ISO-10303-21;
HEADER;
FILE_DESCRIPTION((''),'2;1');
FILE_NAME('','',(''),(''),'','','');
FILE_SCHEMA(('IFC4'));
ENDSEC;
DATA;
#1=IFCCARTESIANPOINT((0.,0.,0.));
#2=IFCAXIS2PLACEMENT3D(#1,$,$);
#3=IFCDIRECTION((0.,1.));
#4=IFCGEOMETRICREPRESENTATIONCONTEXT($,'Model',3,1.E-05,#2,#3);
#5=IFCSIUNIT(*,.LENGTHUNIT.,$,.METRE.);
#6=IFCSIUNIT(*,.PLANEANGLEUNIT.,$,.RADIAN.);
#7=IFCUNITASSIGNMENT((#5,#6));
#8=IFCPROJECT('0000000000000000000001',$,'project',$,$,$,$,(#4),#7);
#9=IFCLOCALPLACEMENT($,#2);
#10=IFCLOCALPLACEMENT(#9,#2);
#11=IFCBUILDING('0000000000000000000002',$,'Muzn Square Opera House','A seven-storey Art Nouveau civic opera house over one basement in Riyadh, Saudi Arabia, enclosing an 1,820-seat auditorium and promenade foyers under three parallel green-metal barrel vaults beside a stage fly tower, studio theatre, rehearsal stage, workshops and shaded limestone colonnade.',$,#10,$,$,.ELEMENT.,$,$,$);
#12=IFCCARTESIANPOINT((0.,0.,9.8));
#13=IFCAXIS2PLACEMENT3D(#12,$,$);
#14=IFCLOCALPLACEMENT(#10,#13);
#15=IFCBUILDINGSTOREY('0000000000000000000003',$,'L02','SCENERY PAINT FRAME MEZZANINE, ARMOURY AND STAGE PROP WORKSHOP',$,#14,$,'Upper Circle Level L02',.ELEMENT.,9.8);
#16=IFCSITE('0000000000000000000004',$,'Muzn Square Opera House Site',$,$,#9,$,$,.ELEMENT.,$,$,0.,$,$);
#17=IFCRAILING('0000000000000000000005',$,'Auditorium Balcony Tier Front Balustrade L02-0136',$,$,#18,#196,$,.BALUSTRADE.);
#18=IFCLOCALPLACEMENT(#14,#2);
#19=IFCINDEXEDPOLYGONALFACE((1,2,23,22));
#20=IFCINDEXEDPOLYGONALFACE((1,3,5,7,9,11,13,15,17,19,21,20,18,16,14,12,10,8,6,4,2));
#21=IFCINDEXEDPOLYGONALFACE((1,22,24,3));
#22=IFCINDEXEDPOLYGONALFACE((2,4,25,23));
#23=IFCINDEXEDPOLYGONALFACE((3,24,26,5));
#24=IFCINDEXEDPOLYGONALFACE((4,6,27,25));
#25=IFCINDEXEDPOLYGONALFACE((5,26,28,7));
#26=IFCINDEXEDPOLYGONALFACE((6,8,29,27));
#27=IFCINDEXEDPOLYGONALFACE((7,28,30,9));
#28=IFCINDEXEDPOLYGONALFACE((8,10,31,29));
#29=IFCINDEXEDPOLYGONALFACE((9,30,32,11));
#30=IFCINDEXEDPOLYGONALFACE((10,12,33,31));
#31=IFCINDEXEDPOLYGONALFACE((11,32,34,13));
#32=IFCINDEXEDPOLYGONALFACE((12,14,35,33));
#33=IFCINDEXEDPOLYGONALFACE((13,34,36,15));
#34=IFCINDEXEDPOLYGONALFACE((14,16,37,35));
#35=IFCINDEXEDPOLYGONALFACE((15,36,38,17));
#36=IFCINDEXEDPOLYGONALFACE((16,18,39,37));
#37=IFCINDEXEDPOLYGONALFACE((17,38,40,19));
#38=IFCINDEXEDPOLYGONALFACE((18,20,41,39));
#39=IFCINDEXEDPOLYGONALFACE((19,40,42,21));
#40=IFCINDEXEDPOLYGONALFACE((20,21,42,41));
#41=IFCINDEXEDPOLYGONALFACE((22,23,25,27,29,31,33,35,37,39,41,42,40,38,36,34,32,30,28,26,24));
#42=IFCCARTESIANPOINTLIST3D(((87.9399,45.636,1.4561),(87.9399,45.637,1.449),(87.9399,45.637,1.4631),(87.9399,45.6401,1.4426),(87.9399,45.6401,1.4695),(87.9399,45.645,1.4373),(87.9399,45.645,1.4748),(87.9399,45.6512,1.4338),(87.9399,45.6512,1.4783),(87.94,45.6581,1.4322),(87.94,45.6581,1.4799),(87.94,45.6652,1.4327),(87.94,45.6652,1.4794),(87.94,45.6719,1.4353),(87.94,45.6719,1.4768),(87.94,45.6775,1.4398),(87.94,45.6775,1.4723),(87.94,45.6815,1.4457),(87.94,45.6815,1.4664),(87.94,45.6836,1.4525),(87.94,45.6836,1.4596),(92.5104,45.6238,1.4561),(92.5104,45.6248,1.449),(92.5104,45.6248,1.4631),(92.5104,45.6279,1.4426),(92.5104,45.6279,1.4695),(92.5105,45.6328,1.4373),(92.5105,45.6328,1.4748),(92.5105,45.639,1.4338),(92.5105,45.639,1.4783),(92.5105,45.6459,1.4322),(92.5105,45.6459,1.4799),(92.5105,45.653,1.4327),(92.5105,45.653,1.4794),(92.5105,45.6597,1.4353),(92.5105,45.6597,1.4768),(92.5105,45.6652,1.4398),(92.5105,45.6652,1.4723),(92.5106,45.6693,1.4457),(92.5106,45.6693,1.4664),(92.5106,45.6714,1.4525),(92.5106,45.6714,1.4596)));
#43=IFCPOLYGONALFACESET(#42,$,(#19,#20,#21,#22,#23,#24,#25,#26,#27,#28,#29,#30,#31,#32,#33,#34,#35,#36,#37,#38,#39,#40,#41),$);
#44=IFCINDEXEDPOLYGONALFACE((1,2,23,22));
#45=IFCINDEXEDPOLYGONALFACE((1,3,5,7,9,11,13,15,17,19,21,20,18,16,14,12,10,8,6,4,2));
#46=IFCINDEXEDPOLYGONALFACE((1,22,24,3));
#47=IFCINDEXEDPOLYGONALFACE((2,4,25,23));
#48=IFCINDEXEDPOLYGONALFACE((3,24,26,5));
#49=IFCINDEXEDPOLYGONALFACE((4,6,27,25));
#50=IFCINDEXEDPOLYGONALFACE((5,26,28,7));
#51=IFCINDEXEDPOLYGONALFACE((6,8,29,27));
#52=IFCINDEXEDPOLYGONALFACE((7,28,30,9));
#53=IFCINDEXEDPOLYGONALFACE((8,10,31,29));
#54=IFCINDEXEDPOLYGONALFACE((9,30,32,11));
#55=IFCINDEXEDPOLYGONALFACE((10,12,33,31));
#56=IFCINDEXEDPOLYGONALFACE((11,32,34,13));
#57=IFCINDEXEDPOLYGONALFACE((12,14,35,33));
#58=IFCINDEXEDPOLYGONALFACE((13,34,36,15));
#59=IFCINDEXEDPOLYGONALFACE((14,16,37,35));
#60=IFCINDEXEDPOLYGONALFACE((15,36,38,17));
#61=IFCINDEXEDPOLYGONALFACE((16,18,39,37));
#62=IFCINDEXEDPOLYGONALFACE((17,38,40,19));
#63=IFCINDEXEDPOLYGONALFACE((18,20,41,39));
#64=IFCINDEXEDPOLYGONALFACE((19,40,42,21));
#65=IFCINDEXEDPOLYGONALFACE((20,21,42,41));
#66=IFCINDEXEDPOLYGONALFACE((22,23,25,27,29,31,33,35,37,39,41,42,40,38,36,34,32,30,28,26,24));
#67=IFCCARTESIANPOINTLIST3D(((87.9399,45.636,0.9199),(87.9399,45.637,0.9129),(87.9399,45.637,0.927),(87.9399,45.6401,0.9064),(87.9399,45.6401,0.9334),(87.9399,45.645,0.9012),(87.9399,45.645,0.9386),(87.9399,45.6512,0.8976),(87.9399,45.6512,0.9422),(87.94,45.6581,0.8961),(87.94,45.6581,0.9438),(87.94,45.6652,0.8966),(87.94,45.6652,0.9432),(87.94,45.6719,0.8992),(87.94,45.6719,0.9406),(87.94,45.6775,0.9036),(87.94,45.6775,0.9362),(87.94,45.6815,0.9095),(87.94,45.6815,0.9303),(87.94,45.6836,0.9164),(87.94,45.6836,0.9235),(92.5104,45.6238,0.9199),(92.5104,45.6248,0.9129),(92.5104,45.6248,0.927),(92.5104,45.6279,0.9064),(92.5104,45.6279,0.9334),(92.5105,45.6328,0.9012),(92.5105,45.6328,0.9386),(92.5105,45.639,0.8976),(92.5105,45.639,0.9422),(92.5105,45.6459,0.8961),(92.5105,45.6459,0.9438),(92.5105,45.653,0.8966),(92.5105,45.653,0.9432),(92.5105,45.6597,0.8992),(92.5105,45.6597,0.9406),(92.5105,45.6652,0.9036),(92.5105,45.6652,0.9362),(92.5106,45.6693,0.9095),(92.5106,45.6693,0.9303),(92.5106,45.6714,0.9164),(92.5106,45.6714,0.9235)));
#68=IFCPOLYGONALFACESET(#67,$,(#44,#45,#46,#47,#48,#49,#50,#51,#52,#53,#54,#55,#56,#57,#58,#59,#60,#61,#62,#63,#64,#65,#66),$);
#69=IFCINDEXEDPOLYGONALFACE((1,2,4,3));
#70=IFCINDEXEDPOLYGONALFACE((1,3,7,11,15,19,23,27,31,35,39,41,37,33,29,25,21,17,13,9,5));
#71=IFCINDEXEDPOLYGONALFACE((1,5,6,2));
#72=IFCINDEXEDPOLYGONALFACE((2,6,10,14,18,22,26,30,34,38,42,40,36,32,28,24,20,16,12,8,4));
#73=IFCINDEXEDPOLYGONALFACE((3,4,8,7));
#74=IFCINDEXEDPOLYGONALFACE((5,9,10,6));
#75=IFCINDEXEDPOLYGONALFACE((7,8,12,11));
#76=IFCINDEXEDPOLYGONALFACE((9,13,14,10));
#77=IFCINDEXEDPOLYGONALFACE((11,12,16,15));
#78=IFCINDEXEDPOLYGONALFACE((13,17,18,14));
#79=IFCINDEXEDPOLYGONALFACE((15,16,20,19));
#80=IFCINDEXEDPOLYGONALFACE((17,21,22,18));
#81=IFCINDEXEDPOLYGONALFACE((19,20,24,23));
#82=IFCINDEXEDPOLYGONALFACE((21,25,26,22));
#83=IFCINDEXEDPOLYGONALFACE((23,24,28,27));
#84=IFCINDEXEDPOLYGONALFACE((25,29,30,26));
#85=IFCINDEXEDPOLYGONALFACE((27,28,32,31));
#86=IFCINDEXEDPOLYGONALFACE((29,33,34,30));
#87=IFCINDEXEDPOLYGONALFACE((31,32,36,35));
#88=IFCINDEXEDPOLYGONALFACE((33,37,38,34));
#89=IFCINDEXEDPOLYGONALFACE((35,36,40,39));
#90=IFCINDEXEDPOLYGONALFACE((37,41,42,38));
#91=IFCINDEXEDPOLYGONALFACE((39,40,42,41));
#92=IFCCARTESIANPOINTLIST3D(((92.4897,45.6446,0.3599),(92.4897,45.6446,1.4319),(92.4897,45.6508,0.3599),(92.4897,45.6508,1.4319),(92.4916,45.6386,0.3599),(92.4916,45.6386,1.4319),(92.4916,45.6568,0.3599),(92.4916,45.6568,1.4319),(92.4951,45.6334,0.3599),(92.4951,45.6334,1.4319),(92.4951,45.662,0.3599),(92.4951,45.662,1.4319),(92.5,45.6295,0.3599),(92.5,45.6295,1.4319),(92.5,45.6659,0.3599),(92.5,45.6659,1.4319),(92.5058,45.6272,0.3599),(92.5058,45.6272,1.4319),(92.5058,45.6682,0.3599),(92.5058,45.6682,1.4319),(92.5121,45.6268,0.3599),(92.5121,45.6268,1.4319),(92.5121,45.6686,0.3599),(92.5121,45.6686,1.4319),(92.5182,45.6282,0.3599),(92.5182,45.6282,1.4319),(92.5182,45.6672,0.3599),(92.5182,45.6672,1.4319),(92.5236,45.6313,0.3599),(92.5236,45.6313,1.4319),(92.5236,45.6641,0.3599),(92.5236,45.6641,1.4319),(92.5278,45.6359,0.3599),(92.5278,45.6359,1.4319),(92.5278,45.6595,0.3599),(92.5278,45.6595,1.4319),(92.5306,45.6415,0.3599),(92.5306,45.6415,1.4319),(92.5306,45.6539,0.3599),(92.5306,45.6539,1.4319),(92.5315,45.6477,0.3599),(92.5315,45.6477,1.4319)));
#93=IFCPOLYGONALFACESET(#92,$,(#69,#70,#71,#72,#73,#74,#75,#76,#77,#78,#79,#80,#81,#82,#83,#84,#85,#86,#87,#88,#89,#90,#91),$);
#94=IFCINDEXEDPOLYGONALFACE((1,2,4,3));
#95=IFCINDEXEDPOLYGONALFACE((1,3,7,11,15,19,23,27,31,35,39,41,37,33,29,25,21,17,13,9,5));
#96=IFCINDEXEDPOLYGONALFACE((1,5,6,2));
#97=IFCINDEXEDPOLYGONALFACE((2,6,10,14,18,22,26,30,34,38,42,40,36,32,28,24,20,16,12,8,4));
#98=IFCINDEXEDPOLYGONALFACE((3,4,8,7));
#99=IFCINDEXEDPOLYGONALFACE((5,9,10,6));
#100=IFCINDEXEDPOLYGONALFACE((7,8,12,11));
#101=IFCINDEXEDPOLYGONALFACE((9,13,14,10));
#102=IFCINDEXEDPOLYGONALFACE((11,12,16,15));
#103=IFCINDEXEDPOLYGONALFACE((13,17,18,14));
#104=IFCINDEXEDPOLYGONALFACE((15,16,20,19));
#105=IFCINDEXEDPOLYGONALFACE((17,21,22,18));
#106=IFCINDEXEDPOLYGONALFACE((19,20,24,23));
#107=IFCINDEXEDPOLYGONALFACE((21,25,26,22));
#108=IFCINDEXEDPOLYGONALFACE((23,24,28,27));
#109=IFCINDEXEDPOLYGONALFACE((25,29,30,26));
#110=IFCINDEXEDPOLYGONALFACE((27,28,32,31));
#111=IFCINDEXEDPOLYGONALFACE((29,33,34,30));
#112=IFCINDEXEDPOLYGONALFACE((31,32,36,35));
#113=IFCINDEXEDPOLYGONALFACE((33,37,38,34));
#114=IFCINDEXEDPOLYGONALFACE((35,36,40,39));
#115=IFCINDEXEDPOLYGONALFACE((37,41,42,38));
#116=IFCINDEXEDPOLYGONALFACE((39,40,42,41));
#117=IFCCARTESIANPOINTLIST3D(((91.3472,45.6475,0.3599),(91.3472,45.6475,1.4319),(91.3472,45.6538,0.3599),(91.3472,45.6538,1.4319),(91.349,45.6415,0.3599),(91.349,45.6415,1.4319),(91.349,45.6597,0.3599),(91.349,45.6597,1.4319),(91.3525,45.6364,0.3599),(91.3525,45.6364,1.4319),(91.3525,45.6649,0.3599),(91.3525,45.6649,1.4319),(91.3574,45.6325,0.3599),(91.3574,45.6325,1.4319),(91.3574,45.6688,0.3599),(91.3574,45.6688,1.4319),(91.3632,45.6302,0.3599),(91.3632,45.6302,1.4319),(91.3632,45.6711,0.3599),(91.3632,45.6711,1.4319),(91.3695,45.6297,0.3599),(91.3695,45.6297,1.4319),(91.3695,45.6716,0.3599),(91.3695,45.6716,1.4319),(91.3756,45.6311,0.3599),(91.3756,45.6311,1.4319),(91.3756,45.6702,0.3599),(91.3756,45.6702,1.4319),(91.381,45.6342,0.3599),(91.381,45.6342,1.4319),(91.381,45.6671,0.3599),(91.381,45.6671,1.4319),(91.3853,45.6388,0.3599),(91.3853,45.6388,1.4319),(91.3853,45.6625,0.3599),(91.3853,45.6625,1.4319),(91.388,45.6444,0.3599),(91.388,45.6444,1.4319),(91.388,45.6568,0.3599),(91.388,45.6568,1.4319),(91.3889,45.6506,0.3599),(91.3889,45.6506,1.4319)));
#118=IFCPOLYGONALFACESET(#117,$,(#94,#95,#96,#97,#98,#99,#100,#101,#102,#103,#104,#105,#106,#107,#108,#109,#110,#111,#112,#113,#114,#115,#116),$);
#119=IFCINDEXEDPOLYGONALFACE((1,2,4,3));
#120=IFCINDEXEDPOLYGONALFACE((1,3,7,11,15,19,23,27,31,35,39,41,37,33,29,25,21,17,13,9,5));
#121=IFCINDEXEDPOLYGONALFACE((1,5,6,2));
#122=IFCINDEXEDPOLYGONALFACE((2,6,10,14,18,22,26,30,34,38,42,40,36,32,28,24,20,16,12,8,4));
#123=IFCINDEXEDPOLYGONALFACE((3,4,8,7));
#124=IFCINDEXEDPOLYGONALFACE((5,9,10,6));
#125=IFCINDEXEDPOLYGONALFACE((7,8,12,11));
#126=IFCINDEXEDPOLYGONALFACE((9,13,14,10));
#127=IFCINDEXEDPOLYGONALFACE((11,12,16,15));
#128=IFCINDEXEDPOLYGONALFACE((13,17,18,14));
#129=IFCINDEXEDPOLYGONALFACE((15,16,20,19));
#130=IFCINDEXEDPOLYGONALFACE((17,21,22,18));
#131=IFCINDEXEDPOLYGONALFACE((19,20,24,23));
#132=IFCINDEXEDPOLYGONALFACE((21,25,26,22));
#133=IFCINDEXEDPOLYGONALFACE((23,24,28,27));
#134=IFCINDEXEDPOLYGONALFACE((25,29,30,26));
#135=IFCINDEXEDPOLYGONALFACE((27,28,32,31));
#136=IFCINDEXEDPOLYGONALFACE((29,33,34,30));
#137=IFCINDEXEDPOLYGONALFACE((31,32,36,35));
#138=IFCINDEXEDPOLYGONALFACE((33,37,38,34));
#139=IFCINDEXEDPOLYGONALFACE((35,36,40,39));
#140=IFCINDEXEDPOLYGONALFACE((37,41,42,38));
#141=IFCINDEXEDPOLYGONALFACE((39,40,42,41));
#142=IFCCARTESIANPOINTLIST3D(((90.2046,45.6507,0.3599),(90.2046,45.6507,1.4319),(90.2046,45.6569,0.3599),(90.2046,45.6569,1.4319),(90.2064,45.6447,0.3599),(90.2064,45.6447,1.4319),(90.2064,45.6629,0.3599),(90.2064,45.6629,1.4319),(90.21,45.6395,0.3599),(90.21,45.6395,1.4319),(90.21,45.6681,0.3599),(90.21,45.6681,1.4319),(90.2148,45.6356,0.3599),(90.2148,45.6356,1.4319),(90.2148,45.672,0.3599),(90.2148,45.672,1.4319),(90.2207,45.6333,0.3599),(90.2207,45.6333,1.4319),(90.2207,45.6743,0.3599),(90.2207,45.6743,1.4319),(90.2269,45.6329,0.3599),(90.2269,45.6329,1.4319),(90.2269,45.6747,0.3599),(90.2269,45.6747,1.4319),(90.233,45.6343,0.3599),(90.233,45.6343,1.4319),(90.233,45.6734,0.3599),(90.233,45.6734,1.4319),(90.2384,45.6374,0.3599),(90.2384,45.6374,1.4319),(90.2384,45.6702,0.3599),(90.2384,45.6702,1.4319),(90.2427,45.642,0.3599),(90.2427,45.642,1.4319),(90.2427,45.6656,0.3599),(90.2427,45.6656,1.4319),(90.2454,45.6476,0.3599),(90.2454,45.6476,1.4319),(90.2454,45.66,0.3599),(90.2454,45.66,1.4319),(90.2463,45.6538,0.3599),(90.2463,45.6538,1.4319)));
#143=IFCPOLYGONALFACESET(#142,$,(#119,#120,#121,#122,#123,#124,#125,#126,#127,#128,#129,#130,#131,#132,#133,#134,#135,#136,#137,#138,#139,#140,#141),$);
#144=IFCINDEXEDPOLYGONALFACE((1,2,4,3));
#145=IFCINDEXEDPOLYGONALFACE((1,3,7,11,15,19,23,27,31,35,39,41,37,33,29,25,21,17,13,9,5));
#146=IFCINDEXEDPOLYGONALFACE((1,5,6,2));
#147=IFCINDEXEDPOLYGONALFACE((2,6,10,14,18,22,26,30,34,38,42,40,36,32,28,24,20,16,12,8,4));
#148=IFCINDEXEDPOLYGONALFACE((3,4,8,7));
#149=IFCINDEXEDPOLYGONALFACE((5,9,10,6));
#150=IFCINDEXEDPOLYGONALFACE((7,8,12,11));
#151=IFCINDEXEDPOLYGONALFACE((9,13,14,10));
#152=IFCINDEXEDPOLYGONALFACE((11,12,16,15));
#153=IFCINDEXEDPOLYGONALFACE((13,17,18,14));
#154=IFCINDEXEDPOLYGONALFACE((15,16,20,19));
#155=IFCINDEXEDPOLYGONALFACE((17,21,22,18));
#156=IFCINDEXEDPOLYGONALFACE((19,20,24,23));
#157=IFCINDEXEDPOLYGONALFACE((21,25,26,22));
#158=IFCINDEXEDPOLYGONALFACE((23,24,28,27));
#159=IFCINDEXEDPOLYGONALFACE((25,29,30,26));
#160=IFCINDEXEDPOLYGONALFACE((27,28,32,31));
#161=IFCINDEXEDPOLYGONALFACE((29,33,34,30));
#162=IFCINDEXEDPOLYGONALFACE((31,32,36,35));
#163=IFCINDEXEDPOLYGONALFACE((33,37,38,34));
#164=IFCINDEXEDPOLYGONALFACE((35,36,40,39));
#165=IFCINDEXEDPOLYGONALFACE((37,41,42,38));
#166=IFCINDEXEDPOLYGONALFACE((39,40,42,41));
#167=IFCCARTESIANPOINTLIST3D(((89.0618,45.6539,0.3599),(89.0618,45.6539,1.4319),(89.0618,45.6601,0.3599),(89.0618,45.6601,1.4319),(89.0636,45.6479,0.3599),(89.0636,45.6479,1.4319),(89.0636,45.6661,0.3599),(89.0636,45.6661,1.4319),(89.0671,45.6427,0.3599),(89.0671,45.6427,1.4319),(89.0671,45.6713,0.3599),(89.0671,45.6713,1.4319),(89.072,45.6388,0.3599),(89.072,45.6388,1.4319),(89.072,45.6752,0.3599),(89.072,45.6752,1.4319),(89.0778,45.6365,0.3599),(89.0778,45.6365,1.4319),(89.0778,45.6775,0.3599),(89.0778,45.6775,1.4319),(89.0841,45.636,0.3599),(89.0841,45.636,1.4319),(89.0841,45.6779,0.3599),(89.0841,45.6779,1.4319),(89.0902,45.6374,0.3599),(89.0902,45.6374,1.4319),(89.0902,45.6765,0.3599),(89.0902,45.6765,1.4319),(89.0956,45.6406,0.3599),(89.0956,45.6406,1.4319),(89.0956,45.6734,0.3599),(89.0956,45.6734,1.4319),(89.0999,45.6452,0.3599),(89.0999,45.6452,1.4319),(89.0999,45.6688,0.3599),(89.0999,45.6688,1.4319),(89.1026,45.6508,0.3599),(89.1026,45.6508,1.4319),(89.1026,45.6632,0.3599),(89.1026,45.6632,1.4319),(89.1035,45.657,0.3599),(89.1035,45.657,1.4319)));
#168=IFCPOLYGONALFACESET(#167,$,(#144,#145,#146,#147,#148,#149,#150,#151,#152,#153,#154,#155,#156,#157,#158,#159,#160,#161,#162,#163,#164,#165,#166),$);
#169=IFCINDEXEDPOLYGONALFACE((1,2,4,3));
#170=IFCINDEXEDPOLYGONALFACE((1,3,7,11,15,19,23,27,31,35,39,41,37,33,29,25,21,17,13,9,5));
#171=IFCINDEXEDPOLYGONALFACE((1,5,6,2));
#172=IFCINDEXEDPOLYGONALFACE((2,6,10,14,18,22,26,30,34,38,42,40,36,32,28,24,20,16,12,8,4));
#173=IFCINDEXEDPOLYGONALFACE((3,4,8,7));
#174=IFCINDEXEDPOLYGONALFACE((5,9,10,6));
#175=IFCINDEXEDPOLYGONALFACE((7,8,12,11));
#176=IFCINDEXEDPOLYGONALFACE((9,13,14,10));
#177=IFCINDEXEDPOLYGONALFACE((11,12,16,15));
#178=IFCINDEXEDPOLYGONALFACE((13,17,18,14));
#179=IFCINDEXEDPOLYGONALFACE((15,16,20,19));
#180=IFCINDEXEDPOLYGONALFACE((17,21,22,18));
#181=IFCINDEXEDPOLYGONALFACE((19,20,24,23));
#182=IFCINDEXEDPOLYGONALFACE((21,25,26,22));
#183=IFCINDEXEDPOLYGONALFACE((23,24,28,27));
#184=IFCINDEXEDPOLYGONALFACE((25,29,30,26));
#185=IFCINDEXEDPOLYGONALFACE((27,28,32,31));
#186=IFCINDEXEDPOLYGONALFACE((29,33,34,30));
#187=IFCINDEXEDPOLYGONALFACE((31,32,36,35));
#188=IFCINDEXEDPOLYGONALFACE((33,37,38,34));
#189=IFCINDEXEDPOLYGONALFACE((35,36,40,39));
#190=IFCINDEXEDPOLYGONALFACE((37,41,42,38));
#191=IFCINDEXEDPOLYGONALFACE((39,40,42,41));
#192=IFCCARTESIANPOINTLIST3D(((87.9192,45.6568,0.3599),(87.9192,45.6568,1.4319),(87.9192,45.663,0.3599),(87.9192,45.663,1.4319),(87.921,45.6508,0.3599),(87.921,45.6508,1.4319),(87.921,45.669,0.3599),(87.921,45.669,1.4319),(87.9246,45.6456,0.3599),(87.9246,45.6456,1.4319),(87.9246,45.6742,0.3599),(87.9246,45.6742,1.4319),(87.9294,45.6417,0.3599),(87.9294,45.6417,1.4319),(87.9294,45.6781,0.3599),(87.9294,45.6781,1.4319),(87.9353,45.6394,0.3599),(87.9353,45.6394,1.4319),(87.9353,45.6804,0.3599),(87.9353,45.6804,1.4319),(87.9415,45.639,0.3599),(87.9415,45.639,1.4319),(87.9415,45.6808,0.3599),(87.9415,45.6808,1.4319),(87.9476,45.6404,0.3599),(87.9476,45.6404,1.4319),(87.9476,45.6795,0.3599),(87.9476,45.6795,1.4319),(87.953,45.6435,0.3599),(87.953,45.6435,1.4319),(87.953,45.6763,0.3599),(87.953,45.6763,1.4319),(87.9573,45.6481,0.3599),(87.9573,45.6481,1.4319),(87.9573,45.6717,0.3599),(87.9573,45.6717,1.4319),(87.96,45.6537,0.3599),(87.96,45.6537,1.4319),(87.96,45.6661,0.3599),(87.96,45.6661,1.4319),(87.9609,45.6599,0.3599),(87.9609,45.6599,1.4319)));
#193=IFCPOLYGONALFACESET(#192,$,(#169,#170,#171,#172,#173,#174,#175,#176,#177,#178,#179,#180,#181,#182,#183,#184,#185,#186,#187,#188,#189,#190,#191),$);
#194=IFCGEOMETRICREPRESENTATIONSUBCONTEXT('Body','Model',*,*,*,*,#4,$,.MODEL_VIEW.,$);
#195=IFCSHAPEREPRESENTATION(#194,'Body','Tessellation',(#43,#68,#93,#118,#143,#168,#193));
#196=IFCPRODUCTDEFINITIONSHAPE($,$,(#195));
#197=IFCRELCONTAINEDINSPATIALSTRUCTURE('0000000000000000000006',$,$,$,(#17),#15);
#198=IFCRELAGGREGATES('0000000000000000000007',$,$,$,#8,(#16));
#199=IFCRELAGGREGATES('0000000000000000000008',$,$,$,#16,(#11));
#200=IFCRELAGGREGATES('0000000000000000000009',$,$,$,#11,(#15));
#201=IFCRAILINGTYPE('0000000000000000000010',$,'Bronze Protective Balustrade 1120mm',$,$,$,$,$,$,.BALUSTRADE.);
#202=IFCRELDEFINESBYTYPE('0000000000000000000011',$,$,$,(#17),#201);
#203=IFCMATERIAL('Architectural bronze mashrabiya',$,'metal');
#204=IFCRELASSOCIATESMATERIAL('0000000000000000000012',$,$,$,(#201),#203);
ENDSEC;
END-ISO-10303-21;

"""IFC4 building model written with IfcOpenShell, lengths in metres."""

from ifc_helpers import new_model, si_unit, direction, frame, origin, origin_2d, place, context, subcontext, project, spatial, circle, extrude, material, type_object, element, save


model = new_model("IFC4")

# Units and contexts
model_context = context("Model", 3, precision=1e-05, world=origin(), true_north=direction((0.0, 1.0)))
body_context = subcontext(model_context, "Body", "Model", "MODEL_VIEW")
ifc_project = project(units=[si_unit("LENGTHUNIT", "METRE"), si_unit("PLANEANGLEUNIT", "RADIAN")], contexts=[model_context])

# Site, building, storey
site_placement = place(None, origin())
site = spatial("IfcSite", under=ifc_project, at=site_placement, Name="Muzn Square Opera House Site", CompositionType="ELEMENT", RefElevation=0.0)
building_placement = place(site_placement, origin())
building = spatial("IfcBuilding", under=site, at=building_placement, Name="Muzn Square Opera House", Description="A seven-storey Art Nouveau civic opera house over one basement in Riyadh, Saudi Arabia, enclosing an 1,820-seat auditorium and promenade foyers under three parallel green-metal barrel vaults beside a stage fly tower, studio theatre, rehearsal stage, workshops and shaded limestone colonnade.", CompositionType="ELEMENT")
storey_placement = place(building_placement, frame((0.0, 0.0, 9.8)))
storey = spatial("IfcBuildingStorey", under=building, at=storey_placement, Name="L02", Description="SCENERY PAINT FRAME MEZZANINE, ARMOURY AND STAGE PROP WORKSHOP", LongName="Upper Circle Level L02", CompositionType="ELEMENT", Elevation=9.8)

# Railing
ifc_material_1 = material(Name="Architectural bronze mashrabiya", Category="metal")
railing_type = type_object("IfcRailingType", Name="Bronze Protective Balustrade 1120mm", PredefinedType="BALUSTRADE", material=ifc_material_1)
railing_1_placement = place(storey_placement, frame((92.5105, 45.6477, 0.3599)))
element("IfcRailing", 1, at=railing_1_placement, inside=storey, type_object=railing_type, Name="Auditorium Balcony Tier Front Balustrade L02-0136", PredefinedType="BALUSTRADE", context=body_context, shape_type="SweptSolid", body=[
    extrude(circle(Radius=0.0239, at=origin_2d()), frame((0.0, 0.0, 1.0962), z_axis=(-0.999996, 0.002671, 0.0), x_axis=(-0.002671, -0.999996, 0.0)), (0.0, 0.0, 1.0), 4.5706),
    extrude(circle(Radius=0.0239, at=origin_2d()), frame((0.0, 0.0, 0.5601), z_axis=(-0.999996, 0.002671, 0.0), x_axis=(-0.002671, -0.999996, 0.0)), (0.0, 0.0, 1.0), 4.5706),
    extrude(circle(Radius=0.021, at=origin_2d()), origin(), (0.0, 0.0, 1.0), 1.072),
    extrude(circle(Radius=0.021, at=origin_2d()), frame((-1.1426, 0.0029, 0.0)), (0.0, 0.0, 1.0), 1.072),
    extrude(circle(Radius=0.021, at=origin_2d()), frame((-2.2852, 0.0061, 0.0)), (0.0, 0.0, 1.0), 1.072),
    extrude(circle(Radius=0.021, at=origin_2d()), frame((-3.428, 0.0093, 0.0)), (0.0, 0.0, 1.0), 1.072),
    extrude(circle(Radius=0.021, at=origin_2d()), frame((-4.5706, 0.0122, 0.0)), (0.0, 0.0, 1.0), 1.072),
])

save(model, "model.ifc")
